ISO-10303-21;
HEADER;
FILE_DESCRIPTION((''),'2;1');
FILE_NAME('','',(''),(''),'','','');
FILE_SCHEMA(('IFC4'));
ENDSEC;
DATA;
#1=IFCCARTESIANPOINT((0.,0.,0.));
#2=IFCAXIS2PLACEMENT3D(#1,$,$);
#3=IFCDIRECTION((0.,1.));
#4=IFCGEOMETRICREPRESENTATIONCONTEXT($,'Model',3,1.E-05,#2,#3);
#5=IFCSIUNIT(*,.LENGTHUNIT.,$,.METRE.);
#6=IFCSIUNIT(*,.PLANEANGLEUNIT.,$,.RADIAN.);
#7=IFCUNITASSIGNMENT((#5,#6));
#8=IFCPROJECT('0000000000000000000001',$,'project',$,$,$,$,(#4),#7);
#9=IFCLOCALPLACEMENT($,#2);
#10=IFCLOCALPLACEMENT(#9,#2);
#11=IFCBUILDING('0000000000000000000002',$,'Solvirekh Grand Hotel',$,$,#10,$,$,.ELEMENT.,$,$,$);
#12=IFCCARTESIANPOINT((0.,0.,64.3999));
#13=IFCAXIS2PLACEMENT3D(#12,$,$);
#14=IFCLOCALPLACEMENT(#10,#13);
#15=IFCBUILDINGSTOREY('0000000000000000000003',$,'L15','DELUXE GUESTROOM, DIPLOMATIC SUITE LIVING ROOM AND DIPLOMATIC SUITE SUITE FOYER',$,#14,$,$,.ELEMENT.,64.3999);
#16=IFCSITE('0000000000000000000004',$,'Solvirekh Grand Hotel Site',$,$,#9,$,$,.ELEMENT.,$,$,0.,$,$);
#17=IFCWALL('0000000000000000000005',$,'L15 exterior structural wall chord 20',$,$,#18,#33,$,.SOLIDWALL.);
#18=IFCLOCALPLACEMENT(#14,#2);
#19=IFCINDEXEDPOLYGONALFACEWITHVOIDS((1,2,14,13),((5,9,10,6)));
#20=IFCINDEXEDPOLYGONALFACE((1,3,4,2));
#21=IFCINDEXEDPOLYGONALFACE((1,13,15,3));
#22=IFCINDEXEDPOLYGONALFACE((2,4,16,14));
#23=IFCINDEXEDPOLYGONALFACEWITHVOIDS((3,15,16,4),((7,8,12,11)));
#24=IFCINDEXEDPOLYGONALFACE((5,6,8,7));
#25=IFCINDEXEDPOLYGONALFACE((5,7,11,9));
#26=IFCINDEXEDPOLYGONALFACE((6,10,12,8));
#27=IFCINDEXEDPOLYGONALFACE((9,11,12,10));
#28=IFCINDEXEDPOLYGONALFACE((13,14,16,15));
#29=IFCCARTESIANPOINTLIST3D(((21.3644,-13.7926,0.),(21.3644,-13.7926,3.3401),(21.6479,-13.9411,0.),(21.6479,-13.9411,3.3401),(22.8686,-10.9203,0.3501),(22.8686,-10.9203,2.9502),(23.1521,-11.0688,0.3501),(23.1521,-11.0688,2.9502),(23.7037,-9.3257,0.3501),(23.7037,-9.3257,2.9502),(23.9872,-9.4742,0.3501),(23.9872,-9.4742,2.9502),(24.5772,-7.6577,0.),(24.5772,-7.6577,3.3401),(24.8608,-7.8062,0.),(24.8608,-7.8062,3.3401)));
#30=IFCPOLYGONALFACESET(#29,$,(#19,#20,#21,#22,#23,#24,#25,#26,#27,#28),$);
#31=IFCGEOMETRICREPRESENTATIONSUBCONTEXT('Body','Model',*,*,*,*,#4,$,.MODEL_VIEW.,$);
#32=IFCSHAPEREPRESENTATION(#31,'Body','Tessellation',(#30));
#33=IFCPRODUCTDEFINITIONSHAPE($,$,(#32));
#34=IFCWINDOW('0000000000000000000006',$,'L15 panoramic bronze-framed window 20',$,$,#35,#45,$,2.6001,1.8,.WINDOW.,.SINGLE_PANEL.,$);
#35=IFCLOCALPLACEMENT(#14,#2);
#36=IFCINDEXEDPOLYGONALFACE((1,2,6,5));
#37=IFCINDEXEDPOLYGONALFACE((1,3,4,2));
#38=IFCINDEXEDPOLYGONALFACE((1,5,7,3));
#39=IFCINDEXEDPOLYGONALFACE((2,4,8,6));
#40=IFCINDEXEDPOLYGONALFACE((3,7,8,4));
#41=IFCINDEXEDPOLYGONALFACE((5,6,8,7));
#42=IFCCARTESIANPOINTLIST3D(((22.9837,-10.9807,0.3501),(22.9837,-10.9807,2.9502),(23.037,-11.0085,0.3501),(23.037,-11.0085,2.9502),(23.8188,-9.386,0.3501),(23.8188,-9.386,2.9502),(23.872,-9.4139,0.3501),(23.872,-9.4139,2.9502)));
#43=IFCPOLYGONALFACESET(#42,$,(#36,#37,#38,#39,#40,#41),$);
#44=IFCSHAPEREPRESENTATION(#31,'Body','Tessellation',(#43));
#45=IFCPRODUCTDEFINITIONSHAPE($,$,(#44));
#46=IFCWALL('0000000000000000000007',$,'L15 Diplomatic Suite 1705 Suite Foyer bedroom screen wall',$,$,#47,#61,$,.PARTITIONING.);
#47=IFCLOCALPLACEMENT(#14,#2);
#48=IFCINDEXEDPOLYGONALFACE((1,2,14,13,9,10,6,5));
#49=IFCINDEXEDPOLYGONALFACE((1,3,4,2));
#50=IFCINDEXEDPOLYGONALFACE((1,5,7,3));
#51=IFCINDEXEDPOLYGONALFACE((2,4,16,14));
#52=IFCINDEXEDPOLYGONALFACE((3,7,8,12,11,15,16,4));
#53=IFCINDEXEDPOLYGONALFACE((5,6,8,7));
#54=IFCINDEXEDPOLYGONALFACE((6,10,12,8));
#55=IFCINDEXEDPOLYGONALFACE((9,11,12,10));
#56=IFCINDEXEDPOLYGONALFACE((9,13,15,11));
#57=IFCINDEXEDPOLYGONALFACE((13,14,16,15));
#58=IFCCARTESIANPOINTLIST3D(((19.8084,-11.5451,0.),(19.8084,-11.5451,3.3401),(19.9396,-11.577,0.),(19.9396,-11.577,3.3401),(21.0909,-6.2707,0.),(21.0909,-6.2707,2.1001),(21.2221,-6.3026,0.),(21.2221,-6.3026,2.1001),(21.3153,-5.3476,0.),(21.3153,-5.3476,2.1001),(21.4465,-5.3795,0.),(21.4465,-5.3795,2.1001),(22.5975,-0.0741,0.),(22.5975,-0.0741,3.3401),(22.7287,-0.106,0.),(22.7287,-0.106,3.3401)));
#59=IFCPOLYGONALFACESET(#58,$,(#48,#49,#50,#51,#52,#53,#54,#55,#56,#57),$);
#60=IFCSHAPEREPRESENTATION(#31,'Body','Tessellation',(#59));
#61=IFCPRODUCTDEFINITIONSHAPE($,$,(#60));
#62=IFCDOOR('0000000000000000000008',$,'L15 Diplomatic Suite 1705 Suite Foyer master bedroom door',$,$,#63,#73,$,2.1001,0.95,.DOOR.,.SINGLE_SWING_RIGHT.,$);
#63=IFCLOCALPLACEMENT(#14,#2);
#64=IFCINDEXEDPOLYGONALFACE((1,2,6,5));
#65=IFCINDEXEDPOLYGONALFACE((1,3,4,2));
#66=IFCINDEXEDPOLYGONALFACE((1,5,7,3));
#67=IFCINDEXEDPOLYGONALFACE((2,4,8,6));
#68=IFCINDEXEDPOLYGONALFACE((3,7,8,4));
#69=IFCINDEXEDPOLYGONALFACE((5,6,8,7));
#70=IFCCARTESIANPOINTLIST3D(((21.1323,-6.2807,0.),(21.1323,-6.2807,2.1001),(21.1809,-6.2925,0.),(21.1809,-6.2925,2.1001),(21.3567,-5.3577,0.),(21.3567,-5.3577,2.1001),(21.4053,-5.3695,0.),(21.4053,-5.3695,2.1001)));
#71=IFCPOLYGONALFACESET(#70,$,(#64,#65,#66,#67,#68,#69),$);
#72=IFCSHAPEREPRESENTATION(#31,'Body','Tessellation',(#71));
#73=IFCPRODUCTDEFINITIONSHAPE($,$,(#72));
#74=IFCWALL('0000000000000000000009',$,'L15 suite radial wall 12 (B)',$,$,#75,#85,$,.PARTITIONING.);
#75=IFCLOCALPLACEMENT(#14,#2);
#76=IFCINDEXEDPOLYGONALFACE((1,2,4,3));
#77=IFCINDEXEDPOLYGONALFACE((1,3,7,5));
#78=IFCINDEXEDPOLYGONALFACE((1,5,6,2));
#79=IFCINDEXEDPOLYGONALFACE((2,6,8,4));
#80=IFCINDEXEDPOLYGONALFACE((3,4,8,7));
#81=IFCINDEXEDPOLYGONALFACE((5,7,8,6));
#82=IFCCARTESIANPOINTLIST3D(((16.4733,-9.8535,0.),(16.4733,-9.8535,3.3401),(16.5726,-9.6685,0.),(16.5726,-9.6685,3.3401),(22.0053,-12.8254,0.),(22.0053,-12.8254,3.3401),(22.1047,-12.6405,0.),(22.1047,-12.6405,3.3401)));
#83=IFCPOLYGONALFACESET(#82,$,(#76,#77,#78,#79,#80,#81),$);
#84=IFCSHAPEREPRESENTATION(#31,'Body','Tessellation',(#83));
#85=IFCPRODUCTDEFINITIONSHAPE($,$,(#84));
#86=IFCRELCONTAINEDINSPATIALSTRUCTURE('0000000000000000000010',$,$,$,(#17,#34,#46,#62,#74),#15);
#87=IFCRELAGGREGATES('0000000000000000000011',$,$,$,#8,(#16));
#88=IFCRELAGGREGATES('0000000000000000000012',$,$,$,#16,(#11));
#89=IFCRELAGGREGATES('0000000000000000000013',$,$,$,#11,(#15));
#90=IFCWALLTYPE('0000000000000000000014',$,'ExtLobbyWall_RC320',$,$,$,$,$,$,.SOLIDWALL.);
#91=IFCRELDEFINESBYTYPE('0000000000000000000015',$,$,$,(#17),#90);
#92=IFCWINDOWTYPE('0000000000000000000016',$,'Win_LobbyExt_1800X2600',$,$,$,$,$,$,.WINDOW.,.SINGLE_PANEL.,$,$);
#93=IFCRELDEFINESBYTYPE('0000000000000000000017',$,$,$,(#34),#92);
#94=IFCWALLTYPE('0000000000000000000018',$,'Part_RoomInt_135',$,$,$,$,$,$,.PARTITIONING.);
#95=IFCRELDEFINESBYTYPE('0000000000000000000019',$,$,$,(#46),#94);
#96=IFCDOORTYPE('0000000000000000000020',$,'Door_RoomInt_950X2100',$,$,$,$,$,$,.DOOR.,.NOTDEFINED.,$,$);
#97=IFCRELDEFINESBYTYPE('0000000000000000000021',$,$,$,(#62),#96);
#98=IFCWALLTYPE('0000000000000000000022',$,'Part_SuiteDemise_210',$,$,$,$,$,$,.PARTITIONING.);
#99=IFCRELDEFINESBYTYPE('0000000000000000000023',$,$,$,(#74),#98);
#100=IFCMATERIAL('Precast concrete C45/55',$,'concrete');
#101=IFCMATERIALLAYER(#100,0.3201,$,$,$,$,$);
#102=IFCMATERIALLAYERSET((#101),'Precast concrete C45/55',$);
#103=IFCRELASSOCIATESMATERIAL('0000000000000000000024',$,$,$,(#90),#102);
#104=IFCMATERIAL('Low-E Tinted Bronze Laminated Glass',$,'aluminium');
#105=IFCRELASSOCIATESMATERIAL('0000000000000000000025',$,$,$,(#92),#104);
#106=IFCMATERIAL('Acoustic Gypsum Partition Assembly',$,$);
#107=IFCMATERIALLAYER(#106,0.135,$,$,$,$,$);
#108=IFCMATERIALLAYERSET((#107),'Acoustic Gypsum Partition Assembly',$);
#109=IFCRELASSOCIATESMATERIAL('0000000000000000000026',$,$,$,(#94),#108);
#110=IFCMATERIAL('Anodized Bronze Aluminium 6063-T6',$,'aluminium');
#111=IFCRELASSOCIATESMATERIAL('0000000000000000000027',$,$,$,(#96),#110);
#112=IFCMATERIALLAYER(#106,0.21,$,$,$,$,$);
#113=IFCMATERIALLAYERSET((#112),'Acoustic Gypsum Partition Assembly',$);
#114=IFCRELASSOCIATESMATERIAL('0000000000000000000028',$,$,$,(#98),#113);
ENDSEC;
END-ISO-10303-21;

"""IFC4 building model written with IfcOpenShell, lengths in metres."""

from ifc_helpers import new_model, si_unit, direction, frame, frame_2d, origin, place, context, subcontext, project, spatial, rectangle, extrude, material, layer, layer_set, type_object, element, fill, save


model = new_model("IFC4")

# Units and contexts
model_context = context("Model", 3, precision=1e-05, world=origin(), true_north=direction((0.0, 1.0)))
body_context = subcontext(model_context, "Body", "Model", "MODEL_VIEW")
ifc_project = project(units=[si_unit("LENGTHUNIT", "METRE"), si_unit("PLANEANGLEUNIT", "RADIAN")], contexts=[model_context])

# Site, building, storey
site_placement = place(None, origin())
site = spatial("IfcSite", under=ifc_project, at=site_placement, Name="Solvirekh Grand Hotel Site", CompositionType="ELEMENT", RefElevation=0.0)
building_placement = place(site_placement, origin())
building = spatial("IfcBuilding", under=site, at=building_placement, Name="Solvirekh Grand Hotel", CompositionType="ELEMENT")
storey_placement = place(building_placement, frame((0.0, 0.0, 64.3999)))
storey = spatial("IfcBuildingStorey", under=building, at=storey_placement, Name="L15", Description="DELUXE GUESTROOM, DIPLOMATIC SUITE LIVING ROOM AND DIPLOMATIC SUITE SUITE FOYER", CompositionType="ELEMENT", Elevation=64.3999)

# Shared definitions
ifc_material_1 = material(Name="Anodized Bronze Aluminium 6063-T6", Category="aluminium")
ifc_material_2 = material(Name="Low-E Tinted Bronze Laminated Glass", Category="aluminium")

# Wall, opening, window
ifc_material_3 = material(Name="Precast concrete C45/55", Category="concrete")
ifc_layer_1 = layer(ifc_material_3, 0.3201)
ifc_layer_set_1 = layer_set([ifc_layer_1], Name="Precast concrete C45/55")
wall_type_1 = type_object("IfcWallType", Name="ExtLobbyWall_RC320", PredefinedType="SOLIDWALL", material=ifc_layer_set_1)
window_type = type_object("IfcWindowType", Name="Win_LobbyExt_1800X2600", PartitioningType="SINGLE_PANEL", PredefinedType="WINDOW", material=ifc_material_2)
wall_1_placement = place(storey_placement, frame((24.719, -7.7319, 0.0), z_axis=(0.0, 0.0, 1.0), x_axis=(-0.463929, -0.885872, 0.0)))
wall_1 = element("IfcWall", 1, at=wall_1_placement, inside=storey, type_object=wall_type_1, Name="L15 exterior structural wall chord 20", PredefinedType="SOLIDWALL", context=body_context, shape_type="SweptSolid", body=[
    extrude(rectangle(XDim=6.9253, YDim=0.3201, at=frame_2d((3.4626, 0.0))), origin(), (0.0, 0.0, 1.0), 3.3401),
])
opening_1_placement = place(wall_1_placement, frame((1.8831, 0.0, 0.3501)))
opening_1 = element("IfcOpeningElement", 2, at=opening_1_placement, cuts=wall_1, PredefinedType="OPENING", context=body_context, shape_type="SweptSolid", body=[
    extrude(rectangle(XDim=1.8, YDim=2.6001, at=frame_2d((0.8999, 1.3))), frame((0.0, 0.1699, 0.0), z_axis=(0.0, -1.0, 0.0), x_axis=(1.0, 0.0, 0.0)), (0.0, 0.0, 1.0), 0.3401),
])
window_1_placement = place(opening_1_placement, origin())
window_1 = element("IfcWindow", 3, at=window_1_placement, inside=storey, type_object=window_type, Name="L15 panoramic bronze-framed window 20", OverallHeight=2.6001, OverallWidth=1.8, PartitioningType="SINGLE_PANEL", PredefinedType="WINDOW", context=body_context, shape_type="SweptSolid", body=[
    extrude(rectangle(XDim=1.8, YDim=2.6001, at=frame_2d((0.8999, 1.3))), frame((0.0, 0.03, 0.0), z_axis=(0.0, -1.0, 0.0), x_axis=(1.0, 0.0, 0.0)), (0.0, 0.0, 1.0), 0.0601),
])
fill(opening_1, window_1)

# Wall, opening, door
ifc_material_4 = material(Name="Acoustic Gypsum Partition Assembly")
ifc_layer_2 = layer(ifc_material_4, 0.135)
ifc_layer_set_2 = layer_set([ifc_layer_2], Name="Acoustic Gypsum Partition Assembly")
wall_type_2 = type_object("IfcWallType", Name="Part_RoomInt_135", PredefinedType="PARTITIONING", material=ifc_layer_set_2)
wall_2_placement = place(storey_placement, frame((19.874, -11.561, 0.0), z_axis=(0.0, 0.0, 1.0), x_axis=(0.236258, 0.97169, 0.0)))
wall_2 = element("IfcWall", 4, at=wall_2_placement, inside=storey, type_object=wall_type_2, Name="L15 Diplomatic Suite 1705 Suite Foyer bedroom screen wall", PredefinedType="PARTITIONING", context=body_context, shape_type="SweptSolid", body=[
    extrude(rectangle(XDim=11.8052, YDim=0.135, at=frame_2d((5.9026, 0.0))), origin(), (0.0, 0.0, 1.0), 3.3401),
])
opening_2_placement = place(wall_2_placement, frame((5.428, 0.0, 0.0)))
opening_2 = element("IfcOpeningElement", 5, at=opening_2_placement, cuts=wall_2, PredefinedType="OPENING", context=body_context, shape_type="SweptSolid", body=[
    extrude(rectangle(XDim=0.95, YDim=2.1001, at=frame_2d((0.4751, 1.05))), frame((0.0, 0.0776, 0.0), z_axis=(0.0, -1.0, 0.0), x_axis=(1.0, 0.0, 0.0)), (0.0, 0.0, 1.0), 0.155),
])
door_type = type_object("IfcDoorType", Name="Door_RoomInt_950X2100", OperationType="NOTDEFINED", PredefinedType="DOOR", material=ifc_material_1)
door_placement = place(opening_2_placement, origin())
door = element("IfcDoor", 6, at=door_placement, inside=storey, type_object=door_type, Name="L15 Diplomatic Suite 1705 Suite Foyer master bedroom door", OperationType="SINGLE_SWING_RIGHT", OverallHeight=2.1001, OverallWidth=0.95, PredefinedType="DOOR", context=body_context, shape_type="SweptSolid", body=[
    extrude(rectangle(XDim=0.95, YDim=2.1001, at=frame_2d((0.4751, 1.05))), frame((0.0, 0.0249, 0.0), z_axis=(0.0, -1.0, 0.0), x_axis=(1.0, 0.0, 0.0)), (0.0, 0.0, 1.0), 0.05),
])
fill(opening_2, door)

# Wall
ifc_layer_3 = layer(ifc_material_4, 0.21)
ifc_layer_set_3 = layer_set([ifc_layer_3], Name="Acoustic Gypsum Partition Assembly")
wall_type_3 = type_object("IfcWallType", Name="Part_SuiteDemise_210", PredefinedType="PARTITIONING", material=ifc_layer_set_3)
wall_3_placement = place(storey_placement, frame((16.5229, -9.761, 0.0), z_axis=(0.0, 0.0, 1.0), x_axis=(0.880925, -0.473256, 0.0)))
element("IfcWall", 7, at=wall_3_placement, inside=storey, type_object=wall_type_3, Name="L15 suite radial wall 12 (B)", PredefinedType="PARTITIONING", context=body_context, shape_type="SweptSolid", body=[
    extrude(rectangle(XDim=6.2798, YDim=0.21, at=frame_2d((3.1399, 0.0))), origin(), (0.0, 0.0, 1.0), 3.3401),
])

save(model, "model.ifc")
